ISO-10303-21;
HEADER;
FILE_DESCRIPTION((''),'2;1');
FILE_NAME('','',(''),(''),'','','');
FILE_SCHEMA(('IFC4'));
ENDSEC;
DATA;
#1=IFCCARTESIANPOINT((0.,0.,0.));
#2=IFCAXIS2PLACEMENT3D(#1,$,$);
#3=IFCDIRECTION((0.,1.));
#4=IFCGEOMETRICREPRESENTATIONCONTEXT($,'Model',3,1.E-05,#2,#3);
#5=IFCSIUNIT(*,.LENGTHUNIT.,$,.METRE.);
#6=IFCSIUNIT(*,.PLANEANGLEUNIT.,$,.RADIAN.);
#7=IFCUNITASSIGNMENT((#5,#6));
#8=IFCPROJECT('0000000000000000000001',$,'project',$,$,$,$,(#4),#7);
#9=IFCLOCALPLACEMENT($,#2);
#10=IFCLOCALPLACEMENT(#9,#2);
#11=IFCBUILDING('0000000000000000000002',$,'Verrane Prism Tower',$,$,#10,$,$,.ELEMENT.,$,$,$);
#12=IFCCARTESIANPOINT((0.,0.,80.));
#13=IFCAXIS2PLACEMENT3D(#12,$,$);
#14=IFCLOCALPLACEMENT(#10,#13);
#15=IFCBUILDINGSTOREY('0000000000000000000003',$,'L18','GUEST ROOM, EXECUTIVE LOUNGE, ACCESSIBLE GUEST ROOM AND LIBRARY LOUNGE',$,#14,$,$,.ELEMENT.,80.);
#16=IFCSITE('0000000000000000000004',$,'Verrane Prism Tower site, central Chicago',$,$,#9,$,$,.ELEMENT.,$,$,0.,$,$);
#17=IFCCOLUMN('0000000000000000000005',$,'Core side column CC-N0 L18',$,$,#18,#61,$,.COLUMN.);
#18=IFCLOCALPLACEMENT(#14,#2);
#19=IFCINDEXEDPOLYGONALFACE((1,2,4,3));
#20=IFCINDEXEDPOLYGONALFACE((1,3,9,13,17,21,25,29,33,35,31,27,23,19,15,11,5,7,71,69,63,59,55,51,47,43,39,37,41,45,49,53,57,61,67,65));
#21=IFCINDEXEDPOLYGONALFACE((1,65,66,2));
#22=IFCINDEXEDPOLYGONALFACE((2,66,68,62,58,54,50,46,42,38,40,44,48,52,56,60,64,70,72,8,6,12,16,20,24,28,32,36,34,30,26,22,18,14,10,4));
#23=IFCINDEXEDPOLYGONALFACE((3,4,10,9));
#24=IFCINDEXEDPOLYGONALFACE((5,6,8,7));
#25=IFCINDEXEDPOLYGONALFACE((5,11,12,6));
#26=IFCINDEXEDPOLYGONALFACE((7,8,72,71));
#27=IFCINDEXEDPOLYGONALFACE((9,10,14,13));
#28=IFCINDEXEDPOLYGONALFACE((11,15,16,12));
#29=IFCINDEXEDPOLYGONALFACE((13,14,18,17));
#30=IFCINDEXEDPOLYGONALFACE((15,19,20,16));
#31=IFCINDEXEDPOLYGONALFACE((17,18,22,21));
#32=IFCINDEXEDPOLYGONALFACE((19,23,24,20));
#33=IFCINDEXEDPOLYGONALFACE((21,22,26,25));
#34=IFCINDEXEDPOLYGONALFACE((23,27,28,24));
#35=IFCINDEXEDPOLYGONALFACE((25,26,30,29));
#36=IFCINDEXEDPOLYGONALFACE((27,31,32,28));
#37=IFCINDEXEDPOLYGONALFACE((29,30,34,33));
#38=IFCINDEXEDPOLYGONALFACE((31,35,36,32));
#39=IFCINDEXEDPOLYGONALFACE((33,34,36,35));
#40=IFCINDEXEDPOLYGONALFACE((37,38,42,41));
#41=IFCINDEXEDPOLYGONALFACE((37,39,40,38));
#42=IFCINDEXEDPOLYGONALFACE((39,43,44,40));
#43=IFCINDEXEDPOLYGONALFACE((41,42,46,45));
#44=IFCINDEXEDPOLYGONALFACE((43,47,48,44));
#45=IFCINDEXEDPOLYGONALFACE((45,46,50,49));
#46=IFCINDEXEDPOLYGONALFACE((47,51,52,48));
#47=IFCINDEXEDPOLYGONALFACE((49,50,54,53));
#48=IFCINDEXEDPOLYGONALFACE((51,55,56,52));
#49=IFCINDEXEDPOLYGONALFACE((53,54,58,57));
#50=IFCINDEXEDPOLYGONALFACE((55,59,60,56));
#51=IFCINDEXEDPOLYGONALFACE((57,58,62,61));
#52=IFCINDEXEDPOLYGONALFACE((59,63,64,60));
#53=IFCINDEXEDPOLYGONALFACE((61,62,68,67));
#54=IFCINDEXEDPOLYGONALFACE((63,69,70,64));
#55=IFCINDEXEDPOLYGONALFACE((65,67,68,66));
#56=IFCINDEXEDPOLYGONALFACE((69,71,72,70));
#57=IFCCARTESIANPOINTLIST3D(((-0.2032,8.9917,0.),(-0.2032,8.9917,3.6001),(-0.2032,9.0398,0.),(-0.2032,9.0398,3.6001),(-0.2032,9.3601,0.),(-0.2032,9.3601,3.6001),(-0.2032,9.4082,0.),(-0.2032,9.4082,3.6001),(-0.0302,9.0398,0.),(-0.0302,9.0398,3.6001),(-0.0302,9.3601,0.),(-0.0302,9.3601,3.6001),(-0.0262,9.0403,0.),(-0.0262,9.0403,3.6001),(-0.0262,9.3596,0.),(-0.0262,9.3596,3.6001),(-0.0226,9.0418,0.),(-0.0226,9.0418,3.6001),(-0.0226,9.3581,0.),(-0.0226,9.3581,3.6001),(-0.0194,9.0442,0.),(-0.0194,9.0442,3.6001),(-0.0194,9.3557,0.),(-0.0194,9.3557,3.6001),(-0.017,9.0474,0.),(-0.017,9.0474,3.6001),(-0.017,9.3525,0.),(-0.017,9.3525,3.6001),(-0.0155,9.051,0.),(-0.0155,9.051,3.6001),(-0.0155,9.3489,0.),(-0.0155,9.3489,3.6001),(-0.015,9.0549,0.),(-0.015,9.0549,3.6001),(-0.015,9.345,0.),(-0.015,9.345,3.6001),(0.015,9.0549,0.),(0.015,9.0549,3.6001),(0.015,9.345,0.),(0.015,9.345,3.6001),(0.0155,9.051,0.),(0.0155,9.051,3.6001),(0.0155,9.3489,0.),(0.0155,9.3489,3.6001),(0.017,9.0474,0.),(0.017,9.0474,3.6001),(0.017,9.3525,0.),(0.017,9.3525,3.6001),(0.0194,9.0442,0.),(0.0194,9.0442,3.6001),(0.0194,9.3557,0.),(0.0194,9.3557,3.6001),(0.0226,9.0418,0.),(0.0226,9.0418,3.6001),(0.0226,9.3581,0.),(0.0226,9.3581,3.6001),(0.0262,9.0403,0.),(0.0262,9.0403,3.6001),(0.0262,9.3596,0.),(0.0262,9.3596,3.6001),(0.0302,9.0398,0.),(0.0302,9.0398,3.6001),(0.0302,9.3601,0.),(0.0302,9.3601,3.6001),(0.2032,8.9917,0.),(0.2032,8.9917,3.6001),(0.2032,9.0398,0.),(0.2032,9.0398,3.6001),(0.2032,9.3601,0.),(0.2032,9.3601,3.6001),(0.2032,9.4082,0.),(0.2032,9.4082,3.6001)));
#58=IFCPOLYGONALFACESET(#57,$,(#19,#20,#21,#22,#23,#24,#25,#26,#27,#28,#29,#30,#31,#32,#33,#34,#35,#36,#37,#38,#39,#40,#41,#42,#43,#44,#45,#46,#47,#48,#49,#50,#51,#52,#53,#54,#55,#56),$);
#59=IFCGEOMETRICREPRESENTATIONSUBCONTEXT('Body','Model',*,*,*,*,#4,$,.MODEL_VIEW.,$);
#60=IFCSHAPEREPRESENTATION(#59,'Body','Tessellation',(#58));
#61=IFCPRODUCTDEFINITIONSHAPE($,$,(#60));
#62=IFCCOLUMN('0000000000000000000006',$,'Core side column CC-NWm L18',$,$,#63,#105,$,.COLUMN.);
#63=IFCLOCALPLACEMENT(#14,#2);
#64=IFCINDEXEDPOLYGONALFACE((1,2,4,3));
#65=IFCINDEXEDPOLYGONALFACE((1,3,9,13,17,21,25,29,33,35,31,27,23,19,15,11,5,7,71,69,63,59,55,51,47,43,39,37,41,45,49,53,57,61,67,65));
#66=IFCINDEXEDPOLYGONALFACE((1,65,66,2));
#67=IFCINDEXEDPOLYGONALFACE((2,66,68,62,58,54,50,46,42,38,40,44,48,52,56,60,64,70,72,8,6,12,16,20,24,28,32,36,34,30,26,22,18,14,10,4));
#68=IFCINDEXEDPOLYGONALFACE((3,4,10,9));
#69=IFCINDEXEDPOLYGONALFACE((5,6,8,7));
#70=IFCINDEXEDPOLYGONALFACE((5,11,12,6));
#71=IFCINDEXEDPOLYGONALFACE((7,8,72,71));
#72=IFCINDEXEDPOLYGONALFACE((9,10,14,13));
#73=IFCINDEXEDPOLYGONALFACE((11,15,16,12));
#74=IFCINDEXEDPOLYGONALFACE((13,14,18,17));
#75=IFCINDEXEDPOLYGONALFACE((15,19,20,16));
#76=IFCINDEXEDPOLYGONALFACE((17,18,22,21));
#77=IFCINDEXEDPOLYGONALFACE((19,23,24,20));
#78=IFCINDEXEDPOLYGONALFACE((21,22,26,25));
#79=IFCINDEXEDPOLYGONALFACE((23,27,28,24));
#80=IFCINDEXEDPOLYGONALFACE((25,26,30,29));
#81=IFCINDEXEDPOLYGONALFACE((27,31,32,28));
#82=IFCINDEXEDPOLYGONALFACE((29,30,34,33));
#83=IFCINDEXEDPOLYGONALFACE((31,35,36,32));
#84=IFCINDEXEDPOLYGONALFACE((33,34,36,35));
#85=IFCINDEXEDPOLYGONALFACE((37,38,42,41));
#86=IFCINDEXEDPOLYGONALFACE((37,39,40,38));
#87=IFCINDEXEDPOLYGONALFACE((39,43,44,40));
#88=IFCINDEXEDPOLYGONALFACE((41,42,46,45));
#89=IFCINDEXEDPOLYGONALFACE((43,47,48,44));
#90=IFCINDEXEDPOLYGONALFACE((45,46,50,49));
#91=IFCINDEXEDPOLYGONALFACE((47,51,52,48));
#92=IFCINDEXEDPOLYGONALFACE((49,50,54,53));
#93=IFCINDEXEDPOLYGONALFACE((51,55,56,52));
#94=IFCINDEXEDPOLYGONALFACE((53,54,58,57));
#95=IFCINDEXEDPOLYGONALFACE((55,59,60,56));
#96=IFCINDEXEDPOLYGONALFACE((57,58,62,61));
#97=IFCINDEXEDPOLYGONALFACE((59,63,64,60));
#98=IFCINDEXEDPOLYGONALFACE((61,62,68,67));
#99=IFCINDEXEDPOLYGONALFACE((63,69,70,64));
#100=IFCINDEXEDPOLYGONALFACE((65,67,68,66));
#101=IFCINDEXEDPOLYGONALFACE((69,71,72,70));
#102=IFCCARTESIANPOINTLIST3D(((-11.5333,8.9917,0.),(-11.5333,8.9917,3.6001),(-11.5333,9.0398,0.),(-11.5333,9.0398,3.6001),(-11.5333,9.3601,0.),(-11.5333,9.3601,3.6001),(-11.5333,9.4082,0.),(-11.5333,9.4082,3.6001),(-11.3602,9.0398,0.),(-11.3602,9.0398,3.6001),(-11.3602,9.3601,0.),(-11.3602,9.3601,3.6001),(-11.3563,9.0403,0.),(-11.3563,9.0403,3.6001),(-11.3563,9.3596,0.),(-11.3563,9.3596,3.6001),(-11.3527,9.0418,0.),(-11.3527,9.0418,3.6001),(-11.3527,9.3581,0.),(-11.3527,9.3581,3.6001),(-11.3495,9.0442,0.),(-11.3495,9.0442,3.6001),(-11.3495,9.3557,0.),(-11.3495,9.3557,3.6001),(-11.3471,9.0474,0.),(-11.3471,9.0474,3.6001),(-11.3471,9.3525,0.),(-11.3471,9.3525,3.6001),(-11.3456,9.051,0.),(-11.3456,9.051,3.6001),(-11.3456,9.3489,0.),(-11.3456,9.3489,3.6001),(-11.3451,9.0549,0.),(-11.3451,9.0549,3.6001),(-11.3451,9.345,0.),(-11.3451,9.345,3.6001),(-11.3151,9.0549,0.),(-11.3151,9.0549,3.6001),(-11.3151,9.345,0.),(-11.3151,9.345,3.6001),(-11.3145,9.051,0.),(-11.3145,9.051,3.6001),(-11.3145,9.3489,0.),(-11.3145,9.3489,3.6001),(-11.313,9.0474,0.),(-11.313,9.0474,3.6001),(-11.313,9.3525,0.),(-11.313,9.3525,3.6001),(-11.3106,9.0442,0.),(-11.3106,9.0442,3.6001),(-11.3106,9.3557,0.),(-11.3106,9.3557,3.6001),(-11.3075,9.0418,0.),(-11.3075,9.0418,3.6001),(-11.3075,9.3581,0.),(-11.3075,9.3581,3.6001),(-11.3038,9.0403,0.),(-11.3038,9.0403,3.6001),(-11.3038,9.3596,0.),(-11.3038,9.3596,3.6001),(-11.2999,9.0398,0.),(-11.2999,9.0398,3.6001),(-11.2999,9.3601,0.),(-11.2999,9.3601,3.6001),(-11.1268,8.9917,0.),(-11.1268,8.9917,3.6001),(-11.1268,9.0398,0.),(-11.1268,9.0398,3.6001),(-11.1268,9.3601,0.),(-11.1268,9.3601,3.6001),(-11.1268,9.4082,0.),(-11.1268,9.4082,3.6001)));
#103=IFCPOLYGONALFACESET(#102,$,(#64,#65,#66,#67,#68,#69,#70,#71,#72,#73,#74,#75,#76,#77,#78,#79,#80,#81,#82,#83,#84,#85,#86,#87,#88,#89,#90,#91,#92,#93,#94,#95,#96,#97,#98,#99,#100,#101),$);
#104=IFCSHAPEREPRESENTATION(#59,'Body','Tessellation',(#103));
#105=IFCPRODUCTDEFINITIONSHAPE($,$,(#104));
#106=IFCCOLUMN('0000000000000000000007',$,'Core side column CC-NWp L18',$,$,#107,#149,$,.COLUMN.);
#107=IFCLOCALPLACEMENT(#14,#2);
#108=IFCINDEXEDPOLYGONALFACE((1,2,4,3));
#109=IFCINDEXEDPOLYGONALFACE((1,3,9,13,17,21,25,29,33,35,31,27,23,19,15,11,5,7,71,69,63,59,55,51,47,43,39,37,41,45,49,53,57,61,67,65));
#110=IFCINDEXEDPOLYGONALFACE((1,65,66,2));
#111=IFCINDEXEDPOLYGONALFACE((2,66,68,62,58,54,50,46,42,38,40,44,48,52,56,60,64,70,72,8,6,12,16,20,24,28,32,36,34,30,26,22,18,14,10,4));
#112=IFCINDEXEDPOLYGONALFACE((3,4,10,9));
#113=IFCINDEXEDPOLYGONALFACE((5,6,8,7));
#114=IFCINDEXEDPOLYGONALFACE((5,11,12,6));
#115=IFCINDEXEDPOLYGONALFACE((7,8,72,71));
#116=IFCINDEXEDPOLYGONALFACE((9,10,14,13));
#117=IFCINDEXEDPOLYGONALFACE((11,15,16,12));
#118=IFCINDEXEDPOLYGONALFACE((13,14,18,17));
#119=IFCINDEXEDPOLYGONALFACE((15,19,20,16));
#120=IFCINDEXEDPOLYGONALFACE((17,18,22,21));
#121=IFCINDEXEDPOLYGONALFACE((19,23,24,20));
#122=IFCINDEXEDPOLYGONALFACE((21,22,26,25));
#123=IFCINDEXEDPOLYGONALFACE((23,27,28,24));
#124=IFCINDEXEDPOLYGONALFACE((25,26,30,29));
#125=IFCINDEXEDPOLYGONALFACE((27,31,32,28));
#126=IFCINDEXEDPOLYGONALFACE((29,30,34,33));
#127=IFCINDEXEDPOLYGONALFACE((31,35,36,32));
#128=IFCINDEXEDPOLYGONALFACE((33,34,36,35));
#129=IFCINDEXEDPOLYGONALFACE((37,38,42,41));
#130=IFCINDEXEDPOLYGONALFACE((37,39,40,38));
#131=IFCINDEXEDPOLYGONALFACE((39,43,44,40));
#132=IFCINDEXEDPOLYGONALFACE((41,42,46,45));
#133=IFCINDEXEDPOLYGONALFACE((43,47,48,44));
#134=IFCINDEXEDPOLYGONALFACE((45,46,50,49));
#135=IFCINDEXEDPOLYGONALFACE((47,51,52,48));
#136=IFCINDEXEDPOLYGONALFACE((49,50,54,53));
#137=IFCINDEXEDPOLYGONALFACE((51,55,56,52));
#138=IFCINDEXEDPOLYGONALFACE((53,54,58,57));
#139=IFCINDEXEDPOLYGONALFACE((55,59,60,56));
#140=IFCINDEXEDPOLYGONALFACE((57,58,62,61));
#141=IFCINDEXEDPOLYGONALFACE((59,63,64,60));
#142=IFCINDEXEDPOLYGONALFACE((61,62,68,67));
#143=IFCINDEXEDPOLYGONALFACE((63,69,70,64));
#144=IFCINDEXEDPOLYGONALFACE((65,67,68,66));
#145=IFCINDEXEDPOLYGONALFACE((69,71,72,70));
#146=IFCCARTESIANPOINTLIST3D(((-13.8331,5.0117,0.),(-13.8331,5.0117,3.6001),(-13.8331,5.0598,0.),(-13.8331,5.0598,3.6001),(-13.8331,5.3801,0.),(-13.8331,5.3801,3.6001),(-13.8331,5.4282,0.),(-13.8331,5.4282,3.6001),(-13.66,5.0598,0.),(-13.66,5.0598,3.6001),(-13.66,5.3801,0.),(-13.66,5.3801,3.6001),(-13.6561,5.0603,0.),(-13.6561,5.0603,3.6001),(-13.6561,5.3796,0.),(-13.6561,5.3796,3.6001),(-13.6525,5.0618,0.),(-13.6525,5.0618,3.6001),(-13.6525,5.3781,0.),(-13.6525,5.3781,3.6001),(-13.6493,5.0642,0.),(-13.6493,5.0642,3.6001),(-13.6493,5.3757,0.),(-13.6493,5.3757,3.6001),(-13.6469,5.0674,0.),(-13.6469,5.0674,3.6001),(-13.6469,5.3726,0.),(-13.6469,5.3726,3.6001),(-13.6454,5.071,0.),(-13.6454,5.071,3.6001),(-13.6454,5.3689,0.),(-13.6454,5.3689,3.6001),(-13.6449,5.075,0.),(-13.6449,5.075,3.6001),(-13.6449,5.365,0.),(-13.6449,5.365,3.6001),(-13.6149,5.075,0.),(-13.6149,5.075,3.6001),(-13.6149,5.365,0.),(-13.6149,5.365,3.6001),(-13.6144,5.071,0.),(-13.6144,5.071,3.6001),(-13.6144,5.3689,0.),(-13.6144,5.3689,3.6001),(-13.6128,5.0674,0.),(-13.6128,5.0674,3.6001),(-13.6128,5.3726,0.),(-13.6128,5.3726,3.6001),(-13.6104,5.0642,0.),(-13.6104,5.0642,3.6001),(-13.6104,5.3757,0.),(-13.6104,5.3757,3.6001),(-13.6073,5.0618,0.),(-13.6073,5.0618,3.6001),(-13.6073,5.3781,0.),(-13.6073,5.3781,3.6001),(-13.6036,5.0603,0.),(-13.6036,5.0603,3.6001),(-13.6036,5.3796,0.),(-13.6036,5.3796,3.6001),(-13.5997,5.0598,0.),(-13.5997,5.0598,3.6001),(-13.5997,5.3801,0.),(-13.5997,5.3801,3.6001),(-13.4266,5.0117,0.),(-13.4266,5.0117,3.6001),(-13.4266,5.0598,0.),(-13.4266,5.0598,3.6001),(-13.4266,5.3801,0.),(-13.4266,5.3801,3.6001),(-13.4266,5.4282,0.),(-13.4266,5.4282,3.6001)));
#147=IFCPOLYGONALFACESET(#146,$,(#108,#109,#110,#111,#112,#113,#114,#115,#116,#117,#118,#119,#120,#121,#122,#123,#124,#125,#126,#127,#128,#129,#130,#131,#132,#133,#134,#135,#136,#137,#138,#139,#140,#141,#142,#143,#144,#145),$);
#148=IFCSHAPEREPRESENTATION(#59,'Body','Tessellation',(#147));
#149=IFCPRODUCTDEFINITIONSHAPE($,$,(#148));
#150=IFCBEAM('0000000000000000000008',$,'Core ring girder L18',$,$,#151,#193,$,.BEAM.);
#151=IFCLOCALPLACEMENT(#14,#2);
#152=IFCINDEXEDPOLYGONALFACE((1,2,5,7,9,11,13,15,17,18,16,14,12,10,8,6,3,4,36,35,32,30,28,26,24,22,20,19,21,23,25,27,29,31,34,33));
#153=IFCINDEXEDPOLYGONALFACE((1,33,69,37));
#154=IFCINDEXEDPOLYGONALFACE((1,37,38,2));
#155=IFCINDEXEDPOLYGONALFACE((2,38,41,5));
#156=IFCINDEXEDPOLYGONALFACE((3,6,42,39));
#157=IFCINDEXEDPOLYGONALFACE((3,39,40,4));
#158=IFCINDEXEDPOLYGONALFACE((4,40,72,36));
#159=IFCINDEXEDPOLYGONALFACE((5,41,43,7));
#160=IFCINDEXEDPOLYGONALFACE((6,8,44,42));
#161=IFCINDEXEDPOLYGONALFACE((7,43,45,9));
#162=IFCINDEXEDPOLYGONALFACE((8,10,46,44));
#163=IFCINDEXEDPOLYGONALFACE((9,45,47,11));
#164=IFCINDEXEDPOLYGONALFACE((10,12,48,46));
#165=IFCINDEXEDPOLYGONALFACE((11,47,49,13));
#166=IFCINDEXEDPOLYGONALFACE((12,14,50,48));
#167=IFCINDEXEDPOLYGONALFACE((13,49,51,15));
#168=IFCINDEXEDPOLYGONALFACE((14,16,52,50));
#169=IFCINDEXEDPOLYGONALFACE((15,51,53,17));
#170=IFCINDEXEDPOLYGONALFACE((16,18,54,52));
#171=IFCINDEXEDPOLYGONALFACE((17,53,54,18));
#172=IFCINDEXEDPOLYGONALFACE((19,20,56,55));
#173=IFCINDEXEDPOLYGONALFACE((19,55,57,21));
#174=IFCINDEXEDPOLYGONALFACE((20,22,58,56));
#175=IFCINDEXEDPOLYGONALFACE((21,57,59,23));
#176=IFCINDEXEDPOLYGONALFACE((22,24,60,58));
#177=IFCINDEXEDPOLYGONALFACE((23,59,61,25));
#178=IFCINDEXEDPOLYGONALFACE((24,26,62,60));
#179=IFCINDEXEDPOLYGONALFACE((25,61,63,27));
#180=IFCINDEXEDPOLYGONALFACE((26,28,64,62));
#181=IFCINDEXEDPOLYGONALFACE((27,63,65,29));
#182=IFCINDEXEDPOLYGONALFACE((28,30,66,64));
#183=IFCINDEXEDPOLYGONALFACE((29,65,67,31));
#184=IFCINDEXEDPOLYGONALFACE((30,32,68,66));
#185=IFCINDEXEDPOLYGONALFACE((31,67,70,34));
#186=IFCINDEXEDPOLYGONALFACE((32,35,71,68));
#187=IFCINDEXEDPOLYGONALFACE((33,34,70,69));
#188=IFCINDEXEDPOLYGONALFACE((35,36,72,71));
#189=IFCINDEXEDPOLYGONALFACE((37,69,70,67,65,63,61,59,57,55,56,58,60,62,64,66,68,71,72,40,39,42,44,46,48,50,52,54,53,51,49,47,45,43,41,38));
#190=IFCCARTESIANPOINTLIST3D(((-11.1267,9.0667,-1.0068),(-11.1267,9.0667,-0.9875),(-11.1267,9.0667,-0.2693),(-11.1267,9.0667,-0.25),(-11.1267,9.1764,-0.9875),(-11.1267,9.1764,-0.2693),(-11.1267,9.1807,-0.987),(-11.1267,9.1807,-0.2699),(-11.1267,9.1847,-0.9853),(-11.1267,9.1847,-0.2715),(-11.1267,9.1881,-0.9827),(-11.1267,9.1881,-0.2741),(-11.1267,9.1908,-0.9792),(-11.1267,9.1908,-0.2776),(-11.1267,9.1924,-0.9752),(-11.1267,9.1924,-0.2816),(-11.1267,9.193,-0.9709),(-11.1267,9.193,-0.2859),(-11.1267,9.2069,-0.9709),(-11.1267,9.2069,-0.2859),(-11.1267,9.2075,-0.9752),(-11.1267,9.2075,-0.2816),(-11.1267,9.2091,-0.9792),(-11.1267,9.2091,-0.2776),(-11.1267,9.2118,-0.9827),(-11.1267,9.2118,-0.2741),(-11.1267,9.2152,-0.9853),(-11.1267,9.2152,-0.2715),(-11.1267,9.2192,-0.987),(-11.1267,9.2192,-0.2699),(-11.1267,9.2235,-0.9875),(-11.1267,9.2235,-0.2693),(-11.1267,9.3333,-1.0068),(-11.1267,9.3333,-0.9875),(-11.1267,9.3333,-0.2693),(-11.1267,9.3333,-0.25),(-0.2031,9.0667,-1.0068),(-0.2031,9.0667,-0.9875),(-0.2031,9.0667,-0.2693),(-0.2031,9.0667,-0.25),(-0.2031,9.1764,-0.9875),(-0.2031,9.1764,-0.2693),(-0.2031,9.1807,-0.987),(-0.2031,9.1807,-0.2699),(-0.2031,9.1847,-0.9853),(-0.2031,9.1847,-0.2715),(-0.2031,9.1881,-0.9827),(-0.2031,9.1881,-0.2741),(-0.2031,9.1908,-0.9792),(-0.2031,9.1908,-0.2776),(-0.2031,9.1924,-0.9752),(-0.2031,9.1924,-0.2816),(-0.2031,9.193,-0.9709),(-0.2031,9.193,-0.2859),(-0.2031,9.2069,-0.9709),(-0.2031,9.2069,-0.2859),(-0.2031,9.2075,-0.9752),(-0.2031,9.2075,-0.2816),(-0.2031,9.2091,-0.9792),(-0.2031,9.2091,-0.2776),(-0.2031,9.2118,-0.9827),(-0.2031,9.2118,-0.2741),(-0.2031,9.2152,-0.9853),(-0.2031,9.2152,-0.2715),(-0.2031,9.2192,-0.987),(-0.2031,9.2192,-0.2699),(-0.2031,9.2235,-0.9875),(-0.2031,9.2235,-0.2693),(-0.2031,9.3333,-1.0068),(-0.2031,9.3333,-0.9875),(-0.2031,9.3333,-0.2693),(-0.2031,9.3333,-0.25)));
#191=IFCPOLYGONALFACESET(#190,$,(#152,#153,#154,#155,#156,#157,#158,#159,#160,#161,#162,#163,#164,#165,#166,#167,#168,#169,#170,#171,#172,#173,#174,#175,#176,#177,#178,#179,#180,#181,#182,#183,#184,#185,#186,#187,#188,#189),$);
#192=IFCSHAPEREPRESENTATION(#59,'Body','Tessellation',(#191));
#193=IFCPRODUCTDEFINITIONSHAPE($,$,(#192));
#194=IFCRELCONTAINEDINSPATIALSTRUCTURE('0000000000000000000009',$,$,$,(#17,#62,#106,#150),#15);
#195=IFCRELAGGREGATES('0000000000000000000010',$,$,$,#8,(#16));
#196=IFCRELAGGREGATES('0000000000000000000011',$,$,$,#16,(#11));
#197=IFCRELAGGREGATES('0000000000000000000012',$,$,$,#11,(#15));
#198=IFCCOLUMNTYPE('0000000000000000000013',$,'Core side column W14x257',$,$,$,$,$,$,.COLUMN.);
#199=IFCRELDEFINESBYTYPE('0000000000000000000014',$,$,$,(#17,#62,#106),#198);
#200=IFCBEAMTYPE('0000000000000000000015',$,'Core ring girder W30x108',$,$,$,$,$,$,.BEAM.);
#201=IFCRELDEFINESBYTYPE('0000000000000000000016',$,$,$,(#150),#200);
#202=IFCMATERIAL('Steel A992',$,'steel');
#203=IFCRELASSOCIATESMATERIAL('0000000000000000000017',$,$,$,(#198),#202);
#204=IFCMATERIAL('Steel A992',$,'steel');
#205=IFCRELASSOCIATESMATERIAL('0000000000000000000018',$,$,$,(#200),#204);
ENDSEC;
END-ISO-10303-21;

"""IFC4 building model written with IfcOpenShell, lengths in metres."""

from ifc_helpers import new_model, si_unit, direction, frame, origin, origin_2d, place, context, subcontext, project, spatial, i_section, extrude, material, material_profile, profile_set, type_object, element, save


model = new_model("IFC4")

# Units and contexts
model_context = context("Model", 3, precision=1e-05, world=origin(), true_north=direction((0.0, 1.0)))
body_context = subcontext(model_context, "Body", "Model", "MODEL_VIEW")
ifc_project = project(units=[si_unit("LENGTHUNIT", "METRE"), si_unit("PLANEANGLEUNIT", "RADIAN")], contexts=[model_context])

# Site, building, storey
site_placement = place(None, origin())
site = spatial("IfcSite", under=ifc_project, at=site_placement, Name="Verrane Prism Tower site, central Chicago", CompositionType="ELEMENT", RefElevation=0.0)
building_placement = place(site_placement, origin())
building = spatial("IfcBuilding", under=site, at=building_placement, Name="Verrane Prism Tower", CompositionType="ELEMENT")
storey_placement = place(building_placement, frame((0.0, 0.0, 80.0)))
storey = spatial("IfcBuildingStorey", under=building, at=storey_placement, Name="L18", Description="GUEST ROOM, EXECUTIVE LOUNGE, ACCESSIBLE GUEST ROOM AND LIBRARY LOUNGE", CompositionType="ELEMENT", Elevation=80.0)

# Columns
ifc_material_1 = material(Name="Steel A992", Category="steel")
ifc_material_profile_1 = material_profile(ifc_material_1, i_section(OverallWidth=0.4065, OverallDepth=0.4165, WebThickness=0.03, FlangeThickness=0.0481, FilletRadius=0.0151, at=origin_2d()), Name="W14x257")
ifc_profile_set_1 = profile_set([ifc_material_profile_1], Name="Steel A992")
column_type = type_object("IfcColumnType", Name="Core side column W14x257", PredefinedType="COLUMN", material=ifc_profile_set_1)
for number, where, z_axis, x_axis, name in (
    (1, (0.0, 9.2, 0.0), (0.0, 0.0, 1.0), (1.0, 0.0, 0.0), "Core side column CC-N0 L18"),
    (2, (-11.3301, 9.2, 0.0), (0.0, 0.0, 1.0), (1.0, 0.0, 0.0), "Core side column CC-NWm L18"),
    (3, (-13.6299, 5.22, 0.0), (0.0, 0.0, 1.0), (1.0, 0.0, 0.0), "Core side column CC-NWp L18"),
):
    element("IfcColumn", number, at=place(storey_placement, frame(where, z_axis=z_axis, x_axis=x_axis)), inside=storey, type_object=column_type, Name=name, PredefinedType="COLUMN", context=body_context, shape_type="SweptSolid", body=[
        extrude(i_section(OverallWidth=0.4065, OverallDepth=0.4165, WebThickness=0.03, FlangeThickness=0.0481, FilletRadius=0.0151, at=origin_2d()), origin(), (0.0, 0.0, 1.0), 3.6001),
    ])

# Beam
ifc_material_2 = material(Name="Steel A992", Category="steel")
ifc_material_profile_2 = material_profile(ifc_material_2, i_section(OverallWidth=0.2666, OverallDepth=0.7568, WebThickness=0.0139, FlangeThickness=0.0193, FilletRadius=0.0166, at=origin_2d()), Name="W30x108")
ifc_profile_set_2 = profile_set([ifc_material_profile_2], Name="Steel A992")
beam_type = type_object("IfcBeamType", Name="Core ring girder W30x108", PredefinedType="BEAM", material=ifc_profile_set_2)
beam_1_placement = place(storey_placement, frame((-0.2031, 9.2, -0.6284), z_axis=(-1.0, 0.0, 0.0), x_axis=(0.0, -1.0, 0.0)))
element("IfcBeam", 4, at=beam_1_placement, inside=storey, type_object=beam_type, Name="Core ring girder L18", PredefinedType="BEAM", context=body_context, shape_type="SweptSolid", body=[
    extrude(i_section(OverallWidth=0.2666, OverallDepth=0.7568, WebThickness=0.0139, FlangeThickness=0.0193, FilletRadius=0.0166, at=origin_2d()), origin(), (0.0, 0.0, 1.0), 10.9236),
])

save(model, "model.ifc")
